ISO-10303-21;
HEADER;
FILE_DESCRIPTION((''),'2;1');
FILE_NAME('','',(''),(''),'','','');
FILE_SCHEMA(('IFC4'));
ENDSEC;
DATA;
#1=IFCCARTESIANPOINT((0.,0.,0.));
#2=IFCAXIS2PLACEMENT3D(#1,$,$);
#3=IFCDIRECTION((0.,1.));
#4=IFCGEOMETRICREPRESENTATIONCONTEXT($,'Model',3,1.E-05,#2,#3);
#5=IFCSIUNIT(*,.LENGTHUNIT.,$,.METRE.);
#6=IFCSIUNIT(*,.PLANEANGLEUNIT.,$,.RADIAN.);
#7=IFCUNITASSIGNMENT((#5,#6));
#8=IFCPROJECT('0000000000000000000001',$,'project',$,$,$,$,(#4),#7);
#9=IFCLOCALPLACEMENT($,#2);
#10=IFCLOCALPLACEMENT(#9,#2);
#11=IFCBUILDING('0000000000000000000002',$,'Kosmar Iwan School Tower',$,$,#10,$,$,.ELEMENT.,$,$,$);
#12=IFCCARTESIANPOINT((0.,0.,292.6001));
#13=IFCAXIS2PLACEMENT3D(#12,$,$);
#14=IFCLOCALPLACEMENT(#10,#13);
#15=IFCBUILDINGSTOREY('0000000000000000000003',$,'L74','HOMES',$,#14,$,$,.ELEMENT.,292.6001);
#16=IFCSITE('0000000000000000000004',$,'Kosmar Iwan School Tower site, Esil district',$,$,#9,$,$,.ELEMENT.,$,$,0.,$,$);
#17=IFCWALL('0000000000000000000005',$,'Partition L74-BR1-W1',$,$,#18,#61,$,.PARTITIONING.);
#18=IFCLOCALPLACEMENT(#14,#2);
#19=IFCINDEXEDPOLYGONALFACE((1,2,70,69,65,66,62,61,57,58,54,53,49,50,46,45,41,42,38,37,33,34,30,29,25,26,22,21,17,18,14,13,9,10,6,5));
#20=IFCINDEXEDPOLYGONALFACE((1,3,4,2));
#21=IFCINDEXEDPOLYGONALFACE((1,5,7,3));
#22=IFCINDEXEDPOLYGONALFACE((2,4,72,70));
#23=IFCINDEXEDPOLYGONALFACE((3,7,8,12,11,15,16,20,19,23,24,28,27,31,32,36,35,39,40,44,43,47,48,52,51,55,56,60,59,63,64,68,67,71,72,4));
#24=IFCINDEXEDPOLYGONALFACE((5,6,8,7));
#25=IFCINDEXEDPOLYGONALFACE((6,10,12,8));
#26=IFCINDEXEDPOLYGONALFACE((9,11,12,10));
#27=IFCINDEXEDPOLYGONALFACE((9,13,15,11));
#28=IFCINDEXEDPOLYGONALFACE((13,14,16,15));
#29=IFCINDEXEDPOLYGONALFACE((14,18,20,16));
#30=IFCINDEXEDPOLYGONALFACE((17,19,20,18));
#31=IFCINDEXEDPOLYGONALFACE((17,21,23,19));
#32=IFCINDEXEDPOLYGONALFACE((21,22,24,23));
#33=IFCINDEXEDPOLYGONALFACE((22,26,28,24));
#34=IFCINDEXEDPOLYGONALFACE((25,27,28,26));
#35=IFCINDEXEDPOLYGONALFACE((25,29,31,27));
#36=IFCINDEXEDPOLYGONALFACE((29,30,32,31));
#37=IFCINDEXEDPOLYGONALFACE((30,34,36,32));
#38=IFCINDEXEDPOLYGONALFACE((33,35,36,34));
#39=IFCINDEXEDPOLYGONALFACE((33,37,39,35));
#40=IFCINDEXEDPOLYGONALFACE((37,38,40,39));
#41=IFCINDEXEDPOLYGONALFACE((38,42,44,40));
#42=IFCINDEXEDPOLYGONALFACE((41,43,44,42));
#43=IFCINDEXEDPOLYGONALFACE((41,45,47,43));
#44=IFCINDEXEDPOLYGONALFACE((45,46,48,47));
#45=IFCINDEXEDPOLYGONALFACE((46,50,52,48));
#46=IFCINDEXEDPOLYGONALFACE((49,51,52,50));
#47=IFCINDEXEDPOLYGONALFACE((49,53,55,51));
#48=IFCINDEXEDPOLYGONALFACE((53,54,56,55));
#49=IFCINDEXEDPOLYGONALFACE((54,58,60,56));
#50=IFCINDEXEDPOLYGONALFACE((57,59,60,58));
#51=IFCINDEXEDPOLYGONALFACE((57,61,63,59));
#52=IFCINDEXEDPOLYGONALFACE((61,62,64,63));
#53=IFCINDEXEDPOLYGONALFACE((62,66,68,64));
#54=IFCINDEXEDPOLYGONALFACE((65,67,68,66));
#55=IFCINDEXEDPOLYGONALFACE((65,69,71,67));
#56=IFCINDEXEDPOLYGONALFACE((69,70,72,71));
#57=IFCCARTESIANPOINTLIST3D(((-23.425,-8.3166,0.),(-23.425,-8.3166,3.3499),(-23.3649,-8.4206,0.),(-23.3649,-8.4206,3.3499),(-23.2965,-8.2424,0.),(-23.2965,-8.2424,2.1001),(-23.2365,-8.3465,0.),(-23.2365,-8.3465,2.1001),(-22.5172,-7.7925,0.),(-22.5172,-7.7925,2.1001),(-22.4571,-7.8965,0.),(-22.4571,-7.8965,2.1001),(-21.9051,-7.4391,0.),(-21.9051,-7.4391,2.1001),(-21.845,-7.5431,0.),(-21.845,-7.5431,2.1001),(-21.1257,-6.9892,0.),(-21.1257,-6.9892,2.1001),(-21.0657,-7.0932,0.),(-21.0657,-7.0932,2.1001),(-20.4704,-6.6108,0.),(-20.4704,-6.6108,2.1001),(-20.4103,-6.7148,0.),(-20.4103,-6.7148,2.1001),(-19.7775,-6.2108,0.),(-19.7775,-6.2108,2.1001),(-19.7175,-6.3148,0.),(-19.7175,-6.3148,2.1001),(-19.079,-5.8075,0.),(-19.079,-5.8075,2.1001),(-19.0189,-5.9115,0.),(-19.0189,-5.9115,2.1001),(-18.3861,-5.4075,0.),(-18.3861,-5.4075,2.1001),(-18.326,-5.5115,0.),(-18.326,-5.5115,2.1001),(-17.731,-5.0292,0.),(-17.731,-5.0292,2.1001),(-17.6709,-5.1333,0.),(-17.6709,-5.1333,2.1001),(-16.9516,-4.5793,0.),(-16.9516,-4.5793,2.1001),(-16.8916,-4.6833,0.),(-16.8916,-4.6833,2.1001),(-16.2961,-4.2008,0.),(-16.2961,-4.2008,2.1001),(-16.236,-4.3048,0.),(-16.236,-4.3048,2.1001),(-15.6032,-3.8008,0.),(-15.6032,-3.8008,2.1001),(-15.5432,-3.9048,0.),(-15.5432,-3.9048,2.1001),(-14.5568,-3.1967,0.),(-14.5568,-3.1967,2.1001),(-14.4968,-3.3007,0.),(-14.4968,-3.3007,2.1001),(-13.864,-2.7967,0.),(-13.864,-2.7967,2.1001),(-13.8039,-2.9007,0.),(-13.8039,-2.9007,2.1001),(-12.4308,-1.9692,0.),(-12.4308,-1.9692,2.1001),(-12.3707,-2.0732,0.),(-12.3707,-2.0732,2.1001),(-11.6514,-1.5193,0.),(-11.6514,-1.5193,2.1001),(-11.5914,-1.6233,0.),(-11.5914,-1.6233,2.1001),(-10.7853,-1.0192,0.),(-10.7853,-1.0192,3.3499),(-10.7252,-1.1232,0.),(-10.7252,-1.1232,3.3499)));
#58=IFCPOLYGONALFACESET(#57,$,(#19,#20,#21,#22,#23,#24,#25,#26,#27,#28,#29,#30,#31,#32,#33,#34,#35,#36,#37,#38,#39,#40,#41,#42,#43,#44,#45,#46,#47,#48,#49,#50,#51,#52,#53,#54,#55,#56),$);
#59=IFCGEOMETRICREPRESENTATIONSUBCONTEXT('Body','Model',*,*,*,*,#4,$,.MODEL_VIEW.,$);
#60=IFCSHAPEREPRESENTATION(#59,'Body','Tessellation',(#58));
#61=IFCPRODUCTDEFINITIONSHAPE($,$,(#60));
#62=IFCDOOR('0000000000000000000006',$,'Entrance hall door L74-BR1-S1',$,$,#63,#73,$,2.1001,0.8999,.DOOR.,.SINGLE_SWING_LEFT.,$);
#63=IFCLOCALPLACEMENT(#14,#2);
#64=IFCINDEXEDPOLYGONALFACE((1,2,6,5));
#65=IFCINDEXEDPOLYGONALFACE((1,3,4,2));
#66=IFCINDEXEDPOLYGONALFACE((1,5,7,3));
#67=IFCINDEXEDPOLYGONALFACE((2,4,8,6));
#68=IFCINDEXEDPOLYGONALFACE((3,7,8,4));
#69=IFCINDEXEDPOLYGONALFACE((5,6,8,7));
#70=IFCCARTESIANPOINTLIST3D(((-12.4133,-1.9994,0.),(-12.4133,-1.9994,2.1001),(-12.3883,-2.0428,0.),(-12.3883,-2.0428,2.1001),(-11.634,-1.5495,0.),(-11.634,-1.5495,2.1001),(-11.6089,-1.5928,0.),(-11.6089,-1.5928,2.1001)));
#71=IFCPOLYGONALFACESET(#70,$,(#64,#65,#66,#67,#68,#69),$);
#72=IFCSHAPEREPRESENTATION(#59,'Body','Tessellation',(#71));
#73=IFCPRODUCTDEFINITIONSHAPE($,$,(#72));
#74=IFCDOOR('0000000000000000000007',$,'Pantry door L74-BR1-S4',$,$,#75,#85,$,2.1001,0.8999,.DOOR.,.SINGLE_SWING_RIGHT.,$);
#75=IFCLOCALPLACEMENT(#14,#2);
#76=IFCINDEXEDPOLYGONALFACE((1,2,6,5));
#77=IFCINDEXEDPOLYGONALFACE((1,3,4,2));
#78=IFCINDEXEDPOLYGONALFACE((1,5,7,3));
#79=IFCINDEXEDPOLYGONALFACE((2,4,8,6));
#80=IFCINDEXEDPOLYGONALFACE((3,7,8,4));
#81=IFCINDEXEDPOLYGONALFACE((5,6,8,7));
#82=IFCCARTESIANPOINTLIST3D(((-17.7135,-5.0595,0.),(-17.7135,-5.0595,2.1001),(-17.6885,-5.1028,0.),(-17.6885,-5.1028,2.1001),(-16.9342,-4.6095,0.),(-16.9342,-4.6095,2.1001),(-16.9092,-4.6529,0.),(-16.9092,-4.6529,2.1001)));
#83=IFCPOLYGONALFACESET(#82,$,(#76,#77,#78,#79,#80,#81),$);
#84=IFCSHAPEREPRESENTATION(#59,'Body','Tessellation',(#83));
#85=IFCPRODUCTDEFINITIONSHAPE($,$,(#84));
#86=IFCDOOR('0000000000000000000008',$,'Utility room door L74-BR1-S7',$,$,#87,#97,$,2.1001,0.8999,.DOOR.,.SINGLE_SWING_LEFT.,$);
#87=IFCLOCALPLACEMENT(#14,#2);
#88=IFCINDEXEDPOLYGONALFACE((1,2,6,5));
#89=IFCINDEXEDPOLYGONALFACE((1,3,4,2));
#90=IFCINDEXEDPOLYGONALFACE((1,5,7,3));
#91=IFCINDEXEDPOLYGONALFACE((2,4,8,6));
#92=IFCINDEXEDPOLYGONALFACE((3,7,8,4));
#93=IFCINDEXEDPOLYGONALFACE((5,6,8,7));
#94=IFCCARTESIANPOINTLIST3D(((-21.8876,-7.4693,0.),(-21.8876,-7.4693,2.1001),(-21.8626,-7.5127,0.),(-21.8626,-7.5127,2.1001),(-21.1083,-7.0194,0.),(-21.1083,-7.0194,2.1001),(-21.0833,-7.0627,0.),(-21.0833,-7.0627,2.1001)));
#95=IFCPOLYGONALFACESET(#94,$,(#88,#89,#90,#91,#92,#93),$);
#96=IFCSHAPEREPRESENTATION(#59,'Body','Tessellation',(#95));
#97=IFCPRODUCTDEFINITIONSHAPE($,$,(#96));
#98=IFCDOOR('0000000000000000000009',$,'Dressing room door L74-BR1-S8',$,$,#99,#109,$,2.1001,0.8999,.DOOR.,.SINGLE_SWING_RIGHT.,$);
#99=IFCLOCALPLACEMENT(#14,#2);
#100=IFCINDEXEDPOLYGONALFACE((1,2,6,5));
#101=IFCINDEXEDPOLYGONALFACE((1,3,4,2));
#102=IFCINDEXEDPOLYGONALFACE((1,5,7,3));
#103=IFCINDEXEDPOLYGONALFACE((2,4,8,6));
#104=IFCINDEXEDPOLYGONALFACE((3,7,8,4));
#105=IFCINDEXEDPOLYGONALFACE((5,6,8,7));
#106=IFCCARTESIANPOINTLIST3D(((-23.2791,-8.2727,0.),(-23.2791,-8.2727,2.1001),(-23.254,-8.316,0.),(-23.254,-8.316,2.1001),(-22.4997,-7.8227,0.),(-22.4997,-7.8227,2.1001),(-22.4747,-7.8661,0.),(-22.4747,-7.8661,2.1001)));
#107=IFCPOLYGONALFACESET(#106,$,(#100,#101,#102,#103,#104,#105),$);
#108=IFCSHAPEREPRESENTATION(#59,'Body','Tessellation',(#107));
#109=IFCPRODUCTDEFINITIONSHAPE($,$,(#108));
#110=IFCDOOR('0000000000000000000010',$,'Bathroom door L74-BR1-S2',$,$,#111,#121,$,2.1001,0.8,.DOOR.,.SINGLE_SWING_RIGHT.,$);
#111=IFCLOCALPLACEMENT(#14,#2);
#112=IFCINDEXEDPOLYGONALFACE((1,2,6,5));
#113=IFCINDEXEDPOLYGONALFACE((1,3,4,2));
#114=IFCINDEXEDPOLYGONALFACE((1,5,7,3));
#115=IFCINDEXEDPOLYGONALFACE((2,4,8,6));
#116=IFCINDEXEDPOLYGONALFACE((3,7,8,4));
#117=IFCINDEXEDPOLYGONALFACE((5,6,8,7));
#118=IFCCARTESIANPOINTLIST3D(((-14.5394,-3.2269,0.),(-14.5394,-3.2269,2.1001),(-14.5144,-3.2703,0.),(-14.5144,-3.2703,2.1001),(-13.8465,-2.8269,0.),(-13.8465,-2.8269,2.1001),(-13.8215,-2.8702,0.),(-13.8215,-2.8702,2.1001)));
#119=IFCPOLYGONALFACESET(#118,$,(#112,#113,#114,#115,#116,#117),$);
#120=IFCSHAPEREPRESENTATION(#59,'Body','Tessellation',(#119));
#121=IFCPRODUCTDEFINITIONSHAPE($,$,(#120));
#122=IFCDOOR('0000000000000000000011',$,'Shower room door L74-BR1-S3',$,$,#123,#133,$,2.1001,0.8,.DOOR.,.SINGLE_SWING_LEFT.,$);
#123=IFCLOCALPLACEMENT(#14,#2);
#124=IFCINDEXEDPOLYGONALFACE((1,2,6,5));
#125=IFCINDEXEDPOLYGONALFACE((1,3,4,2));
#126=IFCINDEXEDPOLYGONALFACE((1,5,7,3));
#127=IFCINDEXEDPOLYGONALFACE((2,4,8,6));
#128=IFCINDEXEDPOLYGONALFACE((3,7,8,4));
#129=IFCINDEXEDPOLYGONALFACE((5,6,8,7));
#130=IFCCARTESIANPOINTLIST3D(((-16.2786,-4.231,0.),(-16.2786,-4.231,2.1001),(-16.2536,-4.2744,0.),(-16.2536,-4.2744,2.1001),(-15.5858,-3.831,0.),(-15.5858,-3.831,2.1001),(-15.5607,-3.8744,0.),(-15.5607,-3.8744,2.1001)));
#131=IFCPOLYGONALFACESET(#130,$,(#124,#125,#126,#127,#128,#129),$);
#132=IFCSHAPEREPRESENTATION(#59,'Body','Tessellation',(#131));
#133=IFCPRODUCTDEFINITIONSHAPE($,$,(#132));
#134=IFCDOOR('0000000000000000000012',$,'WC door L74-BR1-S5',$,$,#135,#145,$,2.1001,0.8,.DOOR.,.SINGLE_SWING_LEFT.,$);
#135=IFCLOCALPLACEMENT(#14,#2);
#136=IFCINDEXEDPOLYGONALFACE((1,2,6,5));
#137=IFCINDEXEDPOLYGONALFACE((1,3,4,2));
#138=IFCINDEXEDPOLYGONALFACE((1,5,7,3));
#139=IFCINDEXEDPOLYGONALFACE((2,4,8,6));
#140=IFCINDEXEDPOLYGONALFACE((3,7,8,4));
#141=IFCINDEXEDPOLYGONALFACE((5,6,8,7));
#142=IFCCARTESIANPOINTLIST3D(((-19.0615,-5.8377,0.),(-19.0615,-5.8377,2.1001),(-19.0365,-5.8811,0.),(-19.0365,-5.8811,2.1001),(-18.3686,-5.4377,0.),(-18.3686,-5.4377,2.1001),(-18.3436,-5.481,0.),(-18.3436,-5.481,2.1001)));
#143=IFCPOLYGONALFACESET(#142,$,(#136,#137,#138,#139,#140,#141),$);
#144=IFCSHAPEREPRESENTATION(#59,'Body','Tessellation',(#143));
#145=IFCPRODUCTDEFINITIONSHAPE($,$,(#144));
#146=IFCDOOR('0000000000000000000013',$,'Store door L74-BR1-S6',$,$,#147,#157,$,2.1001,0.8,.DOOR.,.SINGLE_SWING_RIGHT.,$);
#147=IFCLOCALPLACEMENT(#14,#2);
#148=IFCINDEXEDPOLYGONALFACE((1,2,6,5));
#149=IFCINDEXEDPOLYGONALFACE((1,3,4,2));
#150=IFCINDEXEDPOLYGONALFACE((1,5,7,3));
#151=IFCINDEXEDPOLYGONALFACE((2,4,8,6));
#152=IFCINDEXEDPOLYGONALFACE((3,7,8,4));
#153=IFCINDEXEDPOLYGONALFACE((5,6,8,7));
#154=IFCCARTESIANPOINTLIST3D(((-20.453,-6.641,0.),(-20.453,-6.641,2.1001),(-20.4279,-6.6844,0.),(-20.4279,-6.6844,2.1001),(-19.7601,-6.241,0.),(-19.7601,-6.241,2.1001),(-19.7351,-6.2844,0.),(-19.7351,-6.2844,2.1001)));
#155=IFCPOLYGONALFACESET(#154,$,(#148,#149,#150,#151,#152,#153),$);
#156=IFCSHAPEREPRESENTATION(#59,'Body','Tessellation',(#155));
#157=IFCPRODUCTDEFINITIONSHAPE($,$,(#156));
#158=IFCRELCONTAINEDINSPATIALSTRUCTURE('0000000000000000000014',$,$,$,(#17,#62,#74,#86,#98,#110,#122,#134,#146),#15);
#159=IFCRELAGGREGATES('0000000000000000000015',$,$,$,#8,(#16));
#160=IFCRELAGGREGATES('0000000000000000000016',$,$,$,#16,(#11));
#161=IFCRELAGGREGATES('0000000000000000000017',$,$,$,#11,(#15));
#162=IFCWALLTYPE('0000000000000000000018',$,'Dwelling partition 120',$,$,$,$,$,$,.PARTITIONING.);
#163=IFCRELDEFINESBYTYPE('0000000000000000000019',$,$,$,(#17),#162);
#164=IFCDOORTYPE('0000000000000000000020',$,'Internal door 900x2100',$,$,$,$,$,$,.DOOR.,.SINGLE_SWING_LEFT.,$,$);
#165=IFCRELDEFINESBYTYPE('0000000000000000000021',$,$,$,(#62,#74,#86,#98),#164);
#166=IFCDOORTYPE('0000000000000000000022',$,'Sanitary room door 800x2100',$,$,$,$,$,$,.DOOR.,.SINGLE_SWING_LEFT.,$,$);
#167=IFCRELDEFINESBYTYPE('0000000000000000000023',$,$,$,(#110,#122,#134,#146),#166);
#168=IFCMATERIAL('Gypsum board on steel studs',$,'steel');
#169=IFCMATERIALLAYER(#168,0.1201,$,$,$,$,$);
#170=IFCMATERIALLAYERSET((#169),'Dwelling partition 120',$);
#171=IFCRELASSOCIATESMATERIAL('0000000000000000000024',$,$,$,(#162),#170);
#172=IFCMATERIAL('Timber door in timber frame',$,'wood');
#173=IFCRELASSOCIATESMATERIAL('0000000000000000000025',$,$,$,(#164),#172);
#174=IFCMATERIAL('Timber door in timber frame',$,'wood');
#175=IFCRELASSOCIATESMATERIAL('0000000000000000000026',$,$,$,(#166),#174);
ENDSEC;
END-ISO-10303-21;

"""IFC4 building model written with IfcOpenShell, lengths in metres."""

from ifc_helpers import new_model, si_unit, direction, frame, frame_2d, origin, place, context, subcontext, project, spatial, rectangle, extrude, material, layer, layer_set, type_object, element, fill, save


model = new_model("IFC4")

# Units and contexts
model_context = context("Model", 3, precision=1e-05, world=origin(), true_north=direction((0.0, 1.0)))
body_context = subcontext(model_context, "Body", "Model", "MODEL_VIEW")
ifc_project = project(units=[si_unit("LENGTHUNIT", "METRE"), si_unit("PLANEANGLEUNIT", "RADIAN")], contexts=[model_context])

# Site, building, storey
site_placement = place(None, origin())
site = spatial("IfcSite", under=ifc_project, at=site_placement, Name="Kosmar Iwan School Tower site, Esil district", CompositionType="ELEMENT", RefElevation=0.0)
building_placement = place(site_placement, origin())
building = spatial("IfcBuilding", under=site, at=building_placement, Name="Kosmar Iwan School Tower", CompositionType="ELEMENT")
storey_placement = place(building_placement, frame((0.0, 0.0, 292.6001)))
storey = spatial("IfcBuildingStorey", under=building, at=storey_placement, Name="L74", Description="HOMES", CompositionType="ELEMENT", Elevation=292.6001)

# Wall, openings, doors
ifc_material_1 = material(Name="Gypsum board on steel studs", Category="steel")
ifc_layer_1 = layer(ifc_material_1, 0.1201)
ifc_layer_set_1 = layer_set([ifc_layer_1], Name="Dwelling partition 120")
wall_type_1 = type_object("IfcWallType", Name="Dwelling partition 120", PredefinedType="PARTITIONING", material=ifc_layer_set_1)
wall_1_placement = place(storey_placement, frame((-10.7554, -1.0713, 0.0), z_axis=(0.0, 0.0, 1.0), x_axis=(-0.86603, -0.499993, 0.0)))
wall_1 = element("IfcWall", 1, at=wall_1_placement, inside=storey, type_object=wall_type_1, Name="Partition L74-BR1-W1", PredefinedType="PARTITIONING", context=body_context, shape_type="SweptSolid", body=[
    extrude(rectangle(XDim=14.595, YDim=0.1201, at=frame_2d((7.2974, 0.0))), origin(), (0.0, 0.0, 1.0), 3.3499),
])
opening_1_placement = place(wall_1_placement, frame((1.0, 0.0, 0.0)))
opening_1 = element("IfcOpeningElement", 2, at=opening_1_placement, cuts=wall_1, PredefinedType="OPENING", context=body_context, shape_type="SweptSolid", body=[
    extrude(rectangle(XDim=0.8999, YDim=2.1001, at=frame_2d((0.45, 1.05))), frame((0.0, 0.072, 0.0), z_axis=(0.0, -1.0, 0.0), x_axis=(1.0, 0.0, 0.0)), (0.0, 0.0, 1.0), 0.144),
])
opening_2_placement = place(wall_1_placement, frame((3.5549, 0.0, 0.0)))
opening_2 = element("IfcOpeningElement", 3, at=opening_2_placement, cuts=wall_1, PredefinedType="OPENING", context=body_context, shape_type="SweptSolid", body=[
    extrude(rectangle(XDim=0.8, YDim=2.1001, at=frame_2d((0.3999, 1.05))), frame((0.0, 0.072, 0.0), z_axis=(0.0, -1.0, 0.0), x_axis=(1.0, 0.0, 0.0)), (0.0, 0.0, 1.0), 0.144),
])
opening_3_placement = place(wall_1_placement, frame((5.5632, 0.0, 0.0)))
opening_3 = element("IfcOpeningElement", 4, at=opening_3_placement, cuts=wall_1, PredefinedType="OPENING", context=body_context, shape_type="SweptSolid", body=[
    extrude(rectangle(XDim=0.8, YDim=2.1001, at=frame_2d((0.3999, 1.05))), frame((0.0, 0.072, 0.0), z_axis=(0.0, -1.0, 0.0), x_axis=(1.0, 0.0, 0.0)), (0.0, 0.0, 1.0), 0.144),
])
opening_4_placement = place(wall_1_placement, frame((7.1201, 0.0, 0.0)))
opening_4 = element("IfcOpeningElement", 5, at=opening_4_placement, cuts=wall_1, PredefinedType="OPENING", context=body_context, shape_type="SweptSolid", body=[
    extrude(rectangle(XDim=0.8999, YDim=2.1001, at=frame_2d((0.45, 1.05))), frame((0.0, 0.072, 0.0), z_axis=(0.0, -1.0, 0.0), x_axis=(1.0, 0.0, 0.0)), (0.0, 0.0, 1.0), 0.144),
])
opening_5_placement = place(wall_1_placement, frame((8.7766, 0.0, 0.0)))
opening_5 = element("IfcOpeningElement", 6, at=opening_5_placement, cuts=wall_1, PredefinedType="OPENING", context=body_context, shape_type="SweptSolid", body=[
    extrude(rectangle(XDim=0.8, YDim=2.1001, at=frame_2d((0.3999, 1.05))), frame((0.0, 0.072, 0.0), z_axis=(0.0, -1.0, 0.0), x_axis=(1.0, 0.0, 0.0)), (0.0, 0.0, 1.0), 0.144),
])
opening_6_placement = place(wall_1_placement, frame((10.3833, 0.0, 0.0)))
opening_6 = element("IfcOpeningElement", 7, at=opening_6_placement, cuts=wall_1, PredefinedType="OPENING", context=body_context, shape_type="SweptSolid", body=[
    extrude(rectangle(XDim=0.8, YDim=2.1001, at=frame_2d((0.3999, 1.05))), frame((0.0, 0.072, 0.0), z_axis=(0.0, -1.0, 0.0), x_axis=(1.0, 0.0, 0.0)), (0.0, 0.0, 1.0), 0.144),
])
opening_7_placement = place(wall_1_placement, frame((11.9399, 0.0, 0.0)))
opening_7 = element("IfcOpeningElement", 8, at=opening_7_placement, cuts=wall_1, PredefinedType="OPENING", context=body_context, shape_type="SweptSolid", body=[
    extrude(rectangle(XDim=0.8999, YDim=2.1001, at=frame_2d((0.45, 1.05))), frame((0.0, 0.072, 0.0), z_axis=(0.0, -1.0, 0.0), x_axis=(1.0, 0.0, 0.0)), (0.0, 0.0, 1.0), 0.144),
])
opening_8_placement = place(wall_1_placement, frame((13.5466, 0.0, 0.0)))
opening_8 = element("IfcOpeningElement", 9, at=opening_8_placement, cuts=wall_1, PredefinedType="OPENING", context=body_context, shape_type="SweptSolid", body=[
    extrude(rectangle(XDim=0.8999, YDim=2.1001, at=frame_2d((0.45, 1.05))), frame((0.0, 0.072, 0.0), z_axis=(0.0, -1.0, 0.0), x_axis=(1.0, 0.0, 0.0)), (0.0, 0.0, 1.0), 0.144),
])
ifc_material_2 = material(Name="Timber door in timber frame", Category="wood")
door_type_1 = type_object("IfcDoorType", Name="Internal door 900x2100", OperationType="SINGLE_SWING_LEFT", PredefinedType="DOOR", material=ifc_material_2)
door_1_placement = place(opening_1_placement, origin())
door_1 = element("IfcDoor", 10, at=door_1_placement, inside=storey, type_object=door_type_1, Name="Entrance hall door L74-BR1-S1", OperationType="SINGLE_SWING_LEFT", OverallHeight=2.1001, OverallWidth=0.8999, PredefinedType="DOOR", context=body_context, shape_type="SweptSolid", body=[
    extrude(rectangle(XDim=0.8999, YDim=2.1001, at=frame_2d((0.45, 1.05))), frame((0.0, 0.0249, 0.0), z_axis=(0.0, -1.0, 0.0), x_axis=(1.0, 0.0, 0.0)), (0.0, 0.0, 1.0), 0.05),
])
fill(opening_1, door_1)
door_2_placement = place(opening_4_placement, origin())
door_2 = element("IfcDoor", 11, at=door_2_placement, inside=storey, type_object=door_type_1, Name="Pantry door L74-BR1-S4", OperationType="SINGLE_SWING_RIGHT", OverallHeight=2.1001, OverallWidth=0.8999, PredefinedType="DOOR", context=body_context, shape_type="SweptSolid", body=[
    extrude(rectangle(XDim=0.8999, YDim=2.1001, at=frame_2d((0.45, 1.05))), frame((0.0, 0.0249, 0.0), z_axis=(0.0, -1.0, 0.0), x_axis=(1.0, 0.0, 0.0)), (0.0, 0.0, 1.0), 0.05),
])
fill(opening_4, door_2)
door_3_placement = place(opening_7_placement, origin())
door_3 = element("IfcDoor", 12, at=door_3_placement, inside=storey, type_object=door_type_1, Name="Utility room door L74-BR1-S7", OperationType="SINGLE_SWING_LEFT", OverallHeight=2.1001, OverallWidth=0.8999, PredefinedType="DOOR", context=body_context, shape_type="SweptSolid", body=[
    extrude(rectangle(XDim=0.8999, YDim=2.1001, at=frame_2d((0.45, 1.05))), frame((0.0, 0.0249, 0.0), z_axis=(0.0, -1.0, 0.0), x_axis=(1.0, 0.0, 0.0)), (0.0, 0.0, 1.0), 0.05),
])
fill(opening_7, door_3)
door_4_placement = place(opening_8_placement, origin())
door_4 = element("IfcDoor", 13, at=door_4_placement, inside=storey, type_object=door_type_1, Name="Dressing room door L74-BR1-S8", OperationType="SINGLE_SWING_RIGHT", OverallHeight=2.1001, OverallWidth=0.8999, PredefinedType="DOOR", context=body_context, shape_type="SweptSolid", body=[
    extrude(rectangle(XDim=0.8999, YDim=2.1001, at=frame_2d((0.45, 1.05))), frame((0.0, 0.0249, 0.0), z_axis=(0.0, -1.0, 0.0), x_axis=(1.0, 0.0, 0.0)), (0.0, 0.0, 1.0), 0.05),
])
fill(opening_8, door_4)
ifc_material_3 = material(Name="Timber door in timber frame", Category="wood")
door_type_2 = type_object("IfcDoorType", Name="Sanitary room door 800x2100", OperationType="SINGLE_SWING_LEFT", PredefinedType="DOOR", material=ifc_material_3)
door_5_placement = place(opening_2_placement, origin())
door_5 = element("IfcDoor", 14, at=door_5_placement, inside=storey, type_object=door_type_2, Name="Bathroom door L74-BR1-S2", OperationType="SINGLE_SWING_RIGHT", OverallHeight=2.1001, OverallWidth=0.8, PredefinedType="DOOR", context=body_context, shape_type="SweptSolid", body=[
    extrude(rectangle(XDim=0.8, YDim=2.1001, at=frame_2d((0.3999, 1.05))), frame((0.0, 0.0249, 0.0), z_axis=(0.0, -1.0, 0.0), x_axis=(1.0, 0.0, 0.0)), (0.0, 0.0, 1.0), 0.05),
])
fill(opening_2, door_5)
door_6_placement = place(opening_3_placement, origin())
door_6 = element("IfcDoor", 15, at=door_6_placement, inside=storey, type_object=door_type_2, Name="Shower room door L74-BR1-S3", OperationType="SINGLE_SWING_LEFT", OverallHeight=2.1001, OverallWidth=0.8, PredefinedType="DOOR", context=body_context, shape_type="SweptSolid", body=[
    extrude(rectangle(XDim=0.8, YDim=2.1001, at=frame_2d((0.3999, 1.05))), frame((0.0, 0.0249, 0.0), z_axis=(0.0, -1.0, 0.0), x_axis=(1.0, 0.0, 0.0)), (0.0, 0.0, 1.0), 0.05),
])
fill(opening_3, door_6)
door_7_placement = place(opening_5_placement, origin())
door_7 = element("IfcDoor", 16, at=door_7_placement, inside=storey, type_object=door_type_2, Name="WC door L74-BR1-S5", OperationType="SINGLE_SWING_LEFT", OverallHeight=2.1001, OverallWidth=0.8, PredefinedType="DOOR", context=body_context, shape_type="SweptSolid", body=[
    extrude(rectangle(XDim=0.8, YDim=2.1001, at=frame_2d((0.3999, 1.05))), frame((0.0, 0.0249, 0.0), z_axis=(0.0, -1.0, 0.0), x_axis=(1.0, 0.0, 0.0)), (0.0, 0.0, 1.0), 0.05),
])
fill(opening_5, door_7)
door_8_placement = place(opening_6_placement, origin())
door_8 = element("IfcDoor", 17, at=door_8_placement, inside=storey, type_object=door_type_2, Name="Store door L74-BR1-S6", OperationType="SINGLE_SWING_RIGHT", OverallHeight=2.1001, OverallWidth=0.8, PredefinedType="DOOR", context=body_context, shape_type="SweptSolid", body=[
    extrude(rectangle(XDim=0.8, YDim=2.1001, at=frame_2d((0.3999, 1.05))), frame((0.0, 0.0249, 0.0), z_axis=(0.0, -1.0, 0.0), x_axis=(1.0, 0.0, 0.0)), (0.0, 0.0, 1.0), 0.05),
])
fill(opening_6, door_8)

save(model, "model.ifc")
